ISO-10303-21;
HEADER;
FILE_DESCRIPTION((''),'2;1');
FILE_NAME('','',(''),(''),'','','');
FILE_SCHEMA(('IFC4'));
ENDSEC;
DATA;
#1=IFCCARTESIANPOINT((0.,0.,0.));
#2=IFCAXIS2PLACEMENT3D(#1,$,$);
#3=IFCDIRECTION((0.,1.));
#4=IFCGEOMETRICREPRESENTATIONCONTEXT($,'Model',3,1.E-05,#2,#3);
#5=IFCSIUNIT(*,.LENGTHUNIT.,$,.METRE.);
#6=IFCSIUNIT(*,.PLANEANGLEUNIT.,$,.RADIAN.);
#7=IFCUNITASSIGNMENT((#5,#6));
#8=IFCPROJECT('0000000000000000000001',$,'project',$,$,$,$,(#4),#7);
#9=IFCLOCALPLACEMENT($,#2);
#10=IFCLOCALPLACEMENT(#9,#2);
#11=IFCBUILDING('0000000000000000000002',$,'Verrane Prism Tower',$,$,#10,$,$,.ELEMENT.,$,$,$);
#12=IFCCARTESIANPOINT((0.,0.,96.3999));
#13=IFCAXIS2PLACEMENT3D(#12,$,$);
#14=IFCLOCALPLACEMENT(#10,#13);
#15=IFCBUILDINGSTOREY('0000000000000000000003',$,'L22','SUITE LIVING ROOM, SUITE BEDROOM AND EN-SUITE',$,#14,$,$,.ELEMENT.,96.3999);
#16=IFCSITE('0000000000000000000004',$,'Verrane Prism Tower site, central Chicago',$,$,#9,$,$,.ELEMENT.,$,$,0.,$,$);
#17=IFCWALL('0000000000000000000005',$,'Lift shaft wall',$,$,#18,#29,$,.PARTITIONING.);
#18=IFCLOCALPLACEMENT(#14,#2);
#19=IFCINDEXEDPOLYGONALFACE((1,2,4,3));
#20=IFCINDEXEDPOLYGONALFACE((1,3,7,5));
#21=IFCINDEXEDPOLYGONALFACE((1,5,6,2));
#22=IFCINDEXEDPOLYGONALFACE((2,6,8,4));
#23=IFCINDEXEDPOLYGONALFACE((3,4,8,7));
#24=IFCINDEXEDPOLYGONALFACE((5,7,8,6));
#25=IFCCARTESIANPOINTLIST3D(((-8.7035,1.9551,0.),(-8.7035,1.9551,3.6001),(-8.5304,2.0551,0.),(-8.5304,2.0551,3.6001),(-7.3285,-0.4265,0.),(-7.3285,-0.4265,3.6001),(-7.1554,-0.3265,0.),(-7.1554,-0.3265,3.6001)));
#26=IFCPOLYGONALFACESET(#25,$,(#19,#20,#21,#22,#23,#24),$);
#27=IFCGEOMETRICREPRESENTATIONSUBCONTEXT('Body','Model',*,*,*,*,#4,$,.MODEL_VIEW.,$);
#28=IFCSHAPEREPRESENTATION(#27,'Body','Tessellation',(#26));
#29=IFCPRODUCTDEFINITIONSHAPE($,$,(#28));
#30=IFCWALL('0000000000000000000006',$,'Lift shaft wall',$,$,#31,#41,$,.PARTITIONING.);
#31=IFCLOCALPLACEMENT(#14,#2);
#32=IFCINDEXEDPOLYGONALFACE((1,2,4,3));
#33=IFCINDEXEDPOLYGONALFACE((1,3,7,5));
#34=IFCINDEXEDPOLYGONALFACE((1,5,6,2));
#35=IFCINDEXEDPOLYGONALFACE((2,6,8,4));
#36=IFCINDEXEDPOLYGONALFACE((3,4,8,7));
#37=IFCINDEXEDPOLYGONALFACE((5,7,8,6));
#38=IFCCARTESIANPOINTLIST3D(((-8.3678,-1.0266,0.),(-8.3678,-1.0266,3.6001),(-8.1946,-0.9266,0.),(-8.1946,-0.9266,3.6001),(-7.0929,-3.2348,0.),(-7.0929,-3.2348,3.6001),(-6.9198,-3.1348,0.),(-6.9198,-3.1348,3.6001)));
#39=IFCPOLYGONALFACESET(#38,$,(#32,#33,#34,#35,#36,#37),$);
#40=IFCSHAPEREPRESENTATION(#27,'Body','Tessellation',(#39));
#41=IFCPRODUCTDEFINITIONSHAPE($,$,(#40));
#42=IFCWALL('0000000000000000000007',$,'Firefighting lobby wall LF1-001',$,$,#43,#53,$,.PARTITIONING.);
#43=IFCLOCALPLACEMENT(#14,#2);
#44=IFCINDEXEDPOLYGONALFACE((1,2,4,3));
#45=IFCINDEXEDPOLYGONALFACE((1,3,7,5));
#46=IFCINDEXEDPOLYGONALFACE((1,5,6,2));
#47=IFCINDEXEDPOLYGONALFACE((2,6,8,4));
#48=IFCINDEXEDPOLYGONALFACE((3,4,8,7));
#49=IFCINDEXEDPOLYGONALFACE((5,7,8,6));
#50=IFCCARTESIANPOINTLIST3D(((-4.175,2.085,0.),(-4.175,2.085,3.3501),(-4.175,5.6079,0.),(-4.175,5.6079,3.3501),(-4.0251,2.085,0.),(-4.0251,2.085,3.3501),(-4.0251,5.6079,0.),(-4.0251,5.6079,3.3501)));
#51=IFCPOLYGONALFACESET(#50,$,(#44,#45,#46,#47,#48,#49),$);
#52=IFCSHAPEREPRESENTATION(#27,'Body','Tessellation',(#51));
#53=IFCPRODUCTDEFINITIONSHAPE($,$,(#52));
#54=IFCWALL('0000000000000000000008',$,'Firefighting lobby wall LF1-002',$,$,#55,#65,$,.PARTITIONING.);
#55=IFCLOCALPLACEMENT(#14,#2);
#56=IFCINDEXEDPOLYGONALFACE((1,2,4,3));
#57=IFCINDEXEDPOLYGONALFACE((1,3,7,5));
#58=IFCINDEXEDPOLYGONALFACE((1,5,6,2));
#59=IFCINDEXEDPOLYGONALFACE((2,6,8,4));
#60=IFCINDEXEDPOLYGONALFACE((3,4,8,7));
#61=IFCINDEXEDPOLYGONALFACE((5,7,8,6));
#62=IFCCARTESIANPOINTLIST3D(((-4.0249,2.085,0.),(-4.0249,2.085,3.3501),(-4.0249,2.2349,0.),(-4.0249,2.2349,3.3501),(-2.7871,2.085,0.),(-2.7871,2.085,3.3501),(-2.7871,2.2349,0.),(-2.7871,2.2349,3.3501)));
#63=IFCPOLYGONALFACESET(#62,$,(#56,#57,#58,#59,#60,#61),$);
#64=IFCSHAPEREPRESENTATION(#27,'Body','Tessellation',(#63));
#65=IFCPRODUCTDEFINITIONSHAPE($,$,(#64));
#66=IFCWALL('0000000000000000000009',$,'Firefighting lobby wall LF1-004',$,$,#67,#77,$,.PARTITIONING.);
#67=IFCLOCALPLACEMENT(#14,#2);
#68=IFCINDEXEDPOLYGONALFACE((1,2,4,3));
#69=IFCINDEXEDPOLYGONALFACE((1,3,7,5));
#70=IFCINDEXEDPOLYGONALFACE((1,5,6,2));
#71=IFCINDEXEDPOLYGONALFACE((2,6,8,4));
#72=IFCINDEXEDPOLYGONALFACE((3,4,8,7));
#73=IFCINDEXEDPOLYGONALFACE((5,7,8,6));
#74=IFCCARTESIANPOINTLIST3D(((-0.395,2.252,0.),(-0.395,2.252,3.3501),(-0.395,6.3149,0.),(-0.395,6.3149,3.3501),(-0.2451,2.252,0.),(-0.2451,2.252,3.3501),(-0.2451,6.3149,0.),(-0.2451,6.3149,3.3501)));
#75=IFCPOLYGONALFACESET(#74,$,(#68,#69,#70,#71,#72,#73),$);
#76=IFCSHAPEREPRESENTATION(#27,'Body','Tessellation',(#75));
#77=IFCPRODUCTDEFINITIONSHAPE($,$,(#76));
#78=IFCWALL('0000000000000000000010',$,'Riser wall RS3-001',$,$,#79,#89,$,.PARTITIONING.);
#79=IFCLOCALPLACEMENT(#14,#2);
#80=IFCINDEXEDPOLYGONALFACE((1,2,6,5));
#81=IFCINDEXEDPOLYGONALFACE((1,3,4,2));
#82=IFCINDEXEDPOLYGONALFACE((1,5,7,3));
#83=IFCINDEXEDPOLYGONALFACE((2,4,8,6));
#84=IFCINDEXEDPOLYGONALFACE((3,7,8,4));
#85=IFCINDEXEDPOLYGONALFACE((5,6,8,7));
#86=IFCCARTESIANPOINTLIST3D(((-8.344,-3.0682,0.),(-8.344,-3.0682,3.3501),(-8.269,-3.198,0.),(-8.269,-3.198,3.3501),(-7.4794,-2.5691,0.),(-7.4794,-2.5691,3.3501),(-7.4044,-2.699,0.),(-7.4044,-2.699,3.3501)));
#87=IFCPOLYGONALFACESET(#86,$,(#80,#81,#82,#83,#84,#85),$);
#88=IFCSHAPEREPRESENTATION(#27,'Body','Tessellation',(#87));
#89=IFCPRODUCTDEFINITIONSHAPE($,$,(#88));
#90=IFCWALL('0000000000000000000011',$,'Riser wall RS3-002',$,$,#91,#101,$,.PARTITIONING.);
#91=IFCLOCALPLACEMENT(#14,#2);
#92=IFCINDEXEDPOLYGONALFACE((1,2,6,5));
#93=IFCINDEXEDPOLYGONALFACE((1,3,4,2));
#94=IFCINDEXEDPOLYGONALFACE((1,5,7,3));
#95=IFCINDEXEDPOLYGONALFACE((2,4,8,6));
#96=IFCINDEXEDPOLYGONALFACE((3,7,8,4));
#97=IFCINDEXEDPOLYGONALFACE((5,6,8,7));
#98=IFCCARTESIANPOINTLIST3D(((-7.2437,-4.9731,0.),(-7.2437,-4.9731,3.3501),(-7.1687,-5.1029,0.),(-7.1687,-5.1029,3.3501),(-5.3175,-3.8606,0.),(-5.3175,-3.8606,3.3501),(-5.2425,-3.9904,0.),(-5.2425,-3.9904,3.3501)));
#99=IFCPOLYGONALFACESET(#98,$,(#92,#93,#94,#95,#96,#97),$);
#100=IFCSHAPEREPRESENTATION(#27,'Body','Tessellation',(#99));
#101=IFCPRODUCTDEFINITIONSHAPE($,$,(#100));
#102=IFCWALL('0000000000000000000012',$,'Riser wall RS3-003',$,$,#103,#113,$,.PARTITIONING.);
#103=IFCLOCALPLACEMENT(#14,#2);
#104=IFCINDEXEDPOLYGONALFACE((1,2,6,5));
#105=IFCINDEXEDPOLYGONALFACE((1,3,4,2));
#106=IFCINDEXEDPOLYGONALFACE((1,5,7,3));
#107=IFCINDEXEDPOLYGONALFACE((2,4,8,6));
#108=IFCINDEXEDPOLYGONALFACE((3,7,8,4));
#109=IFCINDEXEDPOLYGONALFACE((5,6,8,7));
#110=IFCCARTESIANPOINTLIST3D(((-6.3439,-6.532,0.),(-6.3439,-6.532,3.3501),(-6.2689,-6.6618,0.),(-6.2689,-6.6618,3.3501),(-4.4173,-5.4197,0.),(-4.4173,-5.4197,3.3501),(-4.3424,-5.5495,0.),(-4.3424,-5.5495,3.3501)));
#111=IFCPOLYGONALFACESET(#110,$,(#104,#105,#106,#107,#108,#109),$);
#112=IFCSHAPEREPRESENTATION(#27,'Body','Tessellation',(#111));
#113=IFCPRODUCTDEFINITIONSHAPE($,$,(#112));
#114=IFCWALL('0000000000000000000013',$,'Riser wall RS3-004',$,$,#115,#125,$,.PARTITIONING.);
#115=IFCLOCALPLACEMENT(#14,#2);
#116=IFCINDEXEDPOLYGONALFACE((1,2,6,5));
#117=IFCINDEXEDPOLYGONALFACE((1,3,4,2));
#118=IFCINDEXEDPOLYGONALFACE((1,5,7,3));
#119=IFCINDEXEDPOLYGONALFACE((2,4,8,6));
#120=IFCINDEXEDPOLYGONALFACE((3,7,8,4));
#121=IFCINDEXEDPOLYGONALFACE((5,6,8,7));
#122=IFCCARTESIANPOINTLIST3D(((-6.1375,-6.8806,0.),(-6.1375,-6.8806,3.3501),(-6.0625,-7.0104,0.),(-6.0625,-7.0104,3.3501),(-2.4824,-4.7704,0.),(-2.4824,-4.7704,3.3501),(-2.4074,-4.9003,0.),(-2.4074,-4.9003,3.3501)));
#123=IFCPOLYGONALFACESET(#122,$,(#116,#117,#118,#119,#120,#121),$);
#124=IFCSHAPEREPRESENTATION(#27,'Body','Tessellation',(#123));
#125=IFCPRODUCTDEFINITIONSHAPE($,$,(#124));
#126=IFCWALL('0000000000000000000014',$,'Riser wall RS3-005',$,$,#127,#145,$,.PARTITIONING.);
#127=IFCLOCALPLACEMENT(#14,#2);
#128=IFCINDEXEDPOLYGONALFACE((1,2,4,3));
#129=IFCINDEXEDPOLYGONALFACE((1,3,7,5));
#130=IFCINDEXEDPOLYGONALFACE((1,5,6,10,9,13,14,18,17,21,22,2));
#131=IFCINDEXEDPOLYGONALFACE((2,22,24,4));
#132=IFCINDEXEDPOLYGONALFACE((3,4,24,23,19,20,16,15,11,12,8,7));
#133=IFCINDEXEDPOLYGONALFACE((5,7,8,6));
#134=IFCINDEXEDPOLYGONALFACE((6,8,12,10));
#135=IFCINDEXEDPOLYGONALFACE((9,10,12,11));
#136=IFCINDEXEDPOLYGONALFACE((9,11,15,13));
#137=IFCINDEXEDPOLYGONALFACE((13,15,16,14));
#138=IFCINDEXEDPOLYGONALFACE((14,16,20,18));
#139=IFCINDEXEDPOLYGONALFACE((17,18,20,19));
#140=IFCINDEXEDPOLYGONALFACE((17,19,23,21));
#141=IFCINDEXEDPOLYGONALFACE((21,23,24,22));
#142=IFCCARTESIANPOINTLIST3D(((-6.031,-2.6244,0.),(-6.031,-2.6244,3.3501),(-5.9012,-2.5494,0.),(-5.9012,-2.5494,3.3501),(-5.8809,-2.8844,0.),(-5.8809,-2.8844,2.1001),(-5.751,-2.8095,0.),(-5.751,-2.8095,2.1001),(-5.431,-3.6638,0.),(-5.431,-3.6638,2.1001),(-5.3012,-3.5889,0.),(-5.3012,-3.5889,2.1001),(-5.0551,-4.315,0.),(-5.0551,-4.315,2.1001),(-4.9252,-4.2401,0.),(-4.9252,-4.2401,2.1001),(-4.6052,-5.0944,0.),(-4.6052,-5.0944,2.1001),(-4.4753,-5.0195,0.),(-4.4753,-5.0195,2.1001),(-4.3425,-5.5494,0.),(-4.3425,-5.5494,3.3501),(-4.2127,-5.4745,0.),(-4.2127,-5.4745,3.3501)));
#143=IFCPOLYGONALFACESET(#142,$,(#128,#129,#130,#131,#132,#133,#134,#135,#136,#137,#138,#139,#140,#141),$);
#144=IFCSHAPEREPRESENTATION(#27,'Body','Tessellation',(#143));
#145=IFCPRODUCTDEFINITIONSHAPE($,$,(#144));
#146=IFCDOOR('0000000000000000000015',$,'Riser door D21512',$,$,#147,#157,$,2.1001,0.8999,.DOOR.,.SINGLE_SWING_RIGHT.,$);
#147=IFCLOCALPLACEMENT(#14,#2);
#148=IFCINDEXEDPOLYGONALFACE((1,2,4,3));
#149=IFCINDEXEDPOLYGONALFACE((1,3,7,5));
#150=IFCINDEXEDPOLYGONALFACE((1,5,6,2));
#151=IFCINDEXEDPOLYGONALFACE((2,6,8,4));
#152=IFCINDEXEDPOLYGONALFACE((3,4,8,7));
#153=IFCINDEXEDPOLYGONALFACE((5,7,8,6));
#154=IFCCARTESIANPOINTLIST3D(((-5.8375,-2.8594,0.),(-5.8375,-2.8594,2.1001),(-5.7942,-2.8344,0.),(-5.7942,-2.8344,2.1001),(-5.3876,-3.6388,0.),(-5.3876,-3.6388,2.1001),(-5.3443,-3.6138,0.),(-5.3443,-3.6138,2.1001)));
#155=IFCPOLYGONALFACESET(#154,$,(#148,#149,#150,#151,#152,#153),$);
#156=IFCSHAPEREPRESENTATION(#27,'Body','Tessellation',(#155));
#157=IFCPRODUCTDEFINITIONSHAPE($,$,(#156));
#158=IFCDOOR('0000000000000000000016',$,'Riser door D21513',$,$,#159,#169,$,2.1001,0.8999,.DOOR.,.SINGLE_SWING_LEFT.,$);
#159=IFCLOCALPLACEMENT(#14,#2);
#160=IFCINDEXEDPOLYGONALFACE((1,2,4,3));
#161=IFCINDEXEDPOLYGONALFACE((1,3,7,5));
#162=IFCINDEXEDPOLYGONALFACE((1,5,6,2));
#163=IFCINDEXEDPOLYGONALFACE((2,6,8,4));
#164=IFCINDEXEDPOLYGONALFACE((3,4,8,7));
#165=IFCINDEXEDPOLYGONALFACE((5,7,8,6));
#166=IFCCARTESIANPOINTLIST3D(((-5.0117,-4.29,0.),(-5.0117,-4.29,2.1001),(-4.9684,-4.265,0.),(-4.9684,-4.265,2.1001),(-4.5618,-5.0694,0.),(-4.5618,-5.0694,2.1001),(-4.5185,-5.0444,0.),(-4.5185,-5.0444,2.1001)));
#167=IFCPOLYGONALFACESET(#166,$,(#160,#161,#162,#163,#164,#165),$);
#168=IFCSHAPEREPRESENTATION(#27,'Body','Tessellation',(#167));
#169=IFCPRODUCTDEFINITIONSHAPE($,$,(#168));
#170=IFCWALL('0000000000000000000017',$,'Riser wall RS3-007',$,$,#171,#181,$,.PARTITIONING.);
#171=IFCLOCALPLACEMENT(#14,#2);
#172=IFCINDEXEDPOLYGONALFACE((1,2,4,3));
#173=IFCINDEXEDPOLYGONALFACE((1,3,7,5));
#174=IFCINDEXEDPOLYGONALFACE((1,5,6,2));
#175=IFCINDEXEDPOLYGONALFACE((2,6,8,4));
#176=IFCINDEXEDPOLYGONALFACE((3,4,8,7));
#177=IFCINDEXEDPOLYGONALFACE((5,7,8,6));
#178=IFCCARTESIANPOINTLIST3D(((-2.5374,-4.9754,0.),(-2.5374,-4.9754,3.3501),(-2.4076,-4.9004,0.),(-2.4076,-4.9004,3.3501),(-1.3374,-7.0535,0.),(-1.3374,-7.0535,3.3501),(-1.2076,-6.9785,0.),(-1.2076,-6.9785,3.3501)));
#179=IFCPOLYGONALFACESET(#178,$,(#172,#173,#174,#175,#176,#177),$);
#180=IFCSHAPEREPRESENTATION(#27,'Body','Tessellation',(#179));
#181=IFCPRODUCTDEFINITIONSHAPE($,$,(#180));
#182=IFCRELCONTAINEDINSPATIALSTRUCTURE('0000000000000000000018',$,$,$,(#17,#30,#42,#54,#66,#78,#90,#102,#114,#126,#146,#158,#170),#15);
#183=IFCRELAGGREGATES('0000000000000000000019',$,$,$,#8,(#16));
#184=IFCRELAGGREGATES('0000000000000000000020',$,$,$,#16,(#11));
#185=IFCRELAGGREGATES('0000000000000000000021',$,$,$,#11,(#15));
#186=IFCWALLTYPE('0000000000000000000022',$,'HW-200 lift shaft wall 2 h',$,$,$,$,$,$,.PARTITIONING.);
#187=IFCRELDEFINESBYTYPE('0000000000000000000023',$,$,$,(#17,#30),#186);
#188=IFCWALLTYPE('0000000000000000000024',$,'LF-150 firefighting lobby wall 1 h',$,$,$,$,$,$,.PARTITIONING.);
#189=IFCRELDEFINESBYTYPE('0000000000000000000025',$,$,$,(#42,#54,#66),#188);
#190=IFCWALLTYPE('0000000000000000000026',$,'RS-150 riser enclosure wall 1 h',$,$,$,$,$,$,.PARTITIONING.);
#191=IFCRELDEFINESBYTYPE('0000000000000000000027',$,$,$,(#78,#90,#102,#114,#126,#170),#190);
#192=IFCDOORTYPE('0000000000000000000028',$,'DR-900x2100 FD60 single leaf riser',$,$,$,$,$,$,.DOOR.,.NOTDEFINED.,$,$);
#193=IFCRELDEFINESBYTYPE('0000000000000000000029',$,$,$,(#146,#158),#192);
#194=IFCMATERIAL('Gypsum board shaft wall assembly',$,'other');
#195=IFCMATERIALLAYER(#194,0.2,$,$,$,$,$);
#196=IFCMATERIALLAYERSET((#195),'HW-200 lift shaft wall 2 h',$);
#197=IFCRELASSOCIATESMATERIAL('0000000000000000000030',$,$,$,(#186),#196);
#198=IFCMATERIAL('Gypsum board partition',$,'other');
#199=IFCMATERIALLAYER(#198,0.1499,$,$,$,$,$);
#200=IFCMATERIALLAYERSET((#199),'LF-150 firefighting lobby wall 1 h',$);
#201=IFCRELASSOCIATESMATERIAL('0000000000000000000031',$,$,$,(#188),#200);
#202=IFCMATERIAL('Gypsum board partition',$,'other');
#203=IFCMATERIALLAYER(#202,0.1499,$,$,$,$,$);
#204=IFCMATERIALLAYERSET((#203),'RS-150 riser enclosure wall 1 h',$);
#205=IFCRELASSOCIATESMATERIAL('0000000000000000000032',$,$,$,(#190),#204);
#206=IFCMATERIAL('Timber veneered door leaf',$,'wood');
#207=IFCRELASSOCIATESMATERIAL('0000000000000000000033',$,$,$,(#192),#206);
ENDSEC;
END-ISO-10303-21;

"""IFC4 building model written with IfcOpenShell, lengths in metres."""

from ifc_helpers import new_model, si_unit, direction, frame, frame_2d, origin, place, context, subcontext, project, spatial, rectangle, extrude, material, layer, layer_set, type_object, element, fill, save


model = new_model("IFC4")

# Units and contexts
model_context = context("Model", 3, precision=1e-05, world=origin(), true_north=direction((0.0, 1.0)))
body_context = subcontext(model_context, "Body", "Model", "MODEL_VIEW")
ifc_project = project(units=[si_unit("LENGTHUNIT", "METRE"), si_unit("PLANEANGLEUNIT", "RADIAN")], contexts=[model_context])

# Site, building, storey
site_placement = place(None, origin())
site = spatial("IfcSite", under=ifc_project, at=site_placement, Name="Verrane Prism Tower site, central Chicago", CompositionType="ELEMENT", RefElevation=0.0)
building_placement = place(site_placement, origin())
building = spatial("IfcBuilding", under=site, at=building_placement, Name="Verrane Prism Tower", CompositionType="ELEMENT")
storey_placement = place(building_placement, frame((0.0, 0.0, 96.3999)))
storey = spatial("IfcBuildingStorey", under=building, at=storey_placement, Name="L22", Description="SUITE LIVING ROOM, SUITE BEDROOM AND EN-SUITE", CompositionType="ELEMENT", Elevation=96.3999)

# Shared definitions
ifc_material_1 = material(Name="Gypsum board shaft wall assembly", Category="other")
ifc_layer_1 = layer(ifc_material_1, 0.2)
ifc_layer_set_1 = layer_set([ifc_layer_1], Name="HW-200 lift shaft wall 2 h")
wall_type_1 = type_object("IfcWallType", Name="HW-200 lift shaft wall 2 h", PredefinedType="PARTITIONING", material=ifc_layer_set_1)

# Walls
wall_1_placement = place(storey_placement, frame((-7.2419, -0.3765, 0.0), z_axis=(0.0, 0.0, 1.0), x_axis=(-0.499997, 0.866027, 0.0)))
element("IfcWall", 1, at=wall_1_placement, inside=storey, type_object=wall_type_1, Name="Lift shaft wall", PredefinedType="PARTITIONING", context=body_context, shape_type="SweptSolid", body=[
    extrude(rectangle(XDim=2.75, YDim=0.2, at=frame_2d((1.375, 0.0))), origin(), (0.0, 0.0, 1.0), 3.6001),
])
wall_2_placement = place(storey_placement, frame((-7.0063, -3.1848, 0.0), z_axis=(0.0, 0.0, 1.0), x_axis=(-0.49999, 0.866031, 0.0)))
element("IfcWall", 2, at=wall_2_placement, inside=storey, type_object=wall_type_1, Name="Lift shaft wall", PredefinedType="PARTITIONING", context=body_context, shape_type="SweptSolid", body=[
    extrude(rectangle(XDim=2.5498, YDim=0.2, at=frame_2d((1.2749, 0.0))), origin(), (0.0, 0.0, 1.0), 3.6001),
])
ifc_material_2 = material(Name="Gypsum board partition", Category="other")
ifc_layer_2 = layer(ifc_material_2, 0.1499)
ifc_layer_set_2 = layer_set([ifc_layer_2], Name="LF-150 firefighting lobby wall 1 h")
wall_type_2 = type_object("IfcWallType", Name="LF-150 firefighting lobby wall 1 h", PredefinedType="PARTITIONING", material=ifc_layer_set_2)
wall_3_placement = place(storey_placement, frame((-4.1001, 2.085, 0.0), z_axis=(0.0, 0.0, 1.0), x_axis=(0.0, 1.0, 0.0)))
element("IfcWall", 3, at=wall_3_placement, inside=storey, type_object=wall_type_2, Name="Firefighting lobby wall LF1-001", PredefinedType="PARTITIONING", context=body_context, shape_type="SweptSolid", body=[
    extrude(rectangle(XDim=3.5229, YDim=0.1499, at=frame_2d((1.7615, 0.0))), origin(), (0.0, 0.0, 1.0), 3.3501),
])
wall_4_placement = place(storey_placement, frame((-4.0249, 2.1599, 0.0), z_axis=(0.0, 0.0, 1.0), x_axis=(1.0, 0.0, 0.0)))
element("IfcWall", 4, at=wall_4_placement, inside=storey, type_object=wall_type_2, Name="Firefighting lobby wall LF1-002", PredefinedType="PARTITIONING", context=body_context, shape_type="SweptSolid", body=[
    extrude(rectangle(XDim=1.2378, YDim=0.1499, at=frame_2d((0.6189, 0.0))), origin(), (0.0, 0.0, 1.0), 3.3501),
])
wall_5_placement = place(storey_placement, frame((-0.3201, 2.252, 0.0), z_axis=(0.0, 0.0, 1.0), x_axis=(0.0, 1.0, 0.0)))
element("IfcWall", 5, at=wall_5_placement, inside=storey, type_object=wall_type_2, Name="Firefighting lobby wall LF1-004", PredefinedType="PARTITIONING", context=body_context, shape_type="SweptSolid", body=[
    extrude(rectangle(XDim=4.063, YDim=0.1499, at=frame_2d((2.0315, 0.0))), origin(), (0.0, 0.0, 1.0), 3.3501),
])
ifc_material_3 = material(Name="Gypsum board partition", Category="other")
ifc_layer_3 = layer(ifc_material_3, 0.1499)
ifc_layer_set_3 = layer_set([ifc_layer_3], Name="RS-150 riser enclosure wall 1 h")
wall_type_3 = type_object("IfcWallType", Name="RS-150 riser enclosure wall 1 h", PredefinedType="PARTITIONING", material=ifc_layer_set_3)
wall_6_placement = place(storey_placement, frame((-8.3064, -3.1331, 0.0), z_axis=(0.0, 0.0, 1.0), x_axis=(0.866067, 0.499927, 0.0)))
element("IfcWall", 6, at=wall_6_placement, inside=storey, type_object=wall_type_3, Name="Riser wall RS3-001", PredefinedType="PARTITIONING", context=body_context, shape_type="SweptSolid", body=[
    extrude(rectangle(XDim=0.9983, YDim=0.1499, at=frame_2d((0.499, 0.0))), origin(), (0.0, 0.0, 1.0), 3.3501),
])
wall_7_placement = place(storey_placement, frame((-7.2063, -5.0381, 0.0), z_axis=(0.0, 0.0, 1.0), x_axis=(0.865944, 0.50014, 0.0)))
element("IfcWall", 7, at=wall_7_placement, inside=storey, type_object=wall_type_3, Name="Riser wall RS3-002", PredefinedType="PARTITIONING", context=body_context, shape_type="SweptSolid", body=[
    extrude(rectangle(XDim=2.2244, YDim=0.1499, at=frame_2d((1.1123, 0.0))), origin(), (0.0, 0.0, 1.0), 3.3501),
])
wall_8_placement = place(storey_placement, frame((-6.3064, -6.5969, 0.0), z_axis=(0.0, 0.0, 1.0), x_axis=(0.866019, 0.500011, 0.0)))
element("IfcWall", 8, at=wall_8_placement, inside=storey, type_object=wall_type_3, Name="Riser wall RS3-003", PredefinedType="PARTITIONING", context=body_context, shape_type="SweptSolid", body=[
    extrude(rectangle(XDim=2.2246, YDim=0.1499, at=frame_2d((1.1123, 0.0))), origin(), (0.0, 0.0, 1.0), 3.3501),
])
wall_9_placement = place(storey_placement, frame((-6.1001, -6.9456, 0.0), z_axis=(0.0, 0.0, 1.0), x_axis=(0.866038, 0.499978, 0.0)))
element("IfcWall", 9, at=wall_9_placement, inside=storey, type_object=wall_type_3, Name="Riser wall RS3-004", PredefinedType="PARTITIONING", context=body_context, shape_type="SweptSolid", body=[
    extrude(rectangle(XDim=4.2205, YDim=0.1499, at=frame_2d((2.1104, 0.0))), origin(), (0.0, 0.0, 1.0), 3.3501),
])

# Wall, openings, doors
wall_10_placement = place(storey_placement, frame((-4.2776, -5.512, 0.0), z_axis=(0.0, 0.0, 1.0), x_axis=(-0.499933, 0.866064, 0.0)))
wall_10 = element("IfcWall", 10, at=wall_10_placement, inside=storey, type_object=wall_type_3, Name="Riser wall RS3-005", PredefinedType="PARTITIONING", context=body_context, shape_type="SweptSolid", body=[
    extrude(rectangle(XDim=3.3774, YDim=0.1499, at=frame_2d((1.6887, 0.0))), origin(), (0.0, 0.0, 1.0), 3.3501),
])
opening_1_placement = place(wall_10_placement, frame((2.1772, 0.0, 0.0)))
opening_1 = element("IfcOpeningElement", 11, at=opening_1_placement, cuts=wall_10, PredefinedType="OPENING", context=body_context, shape_type="SweptSolid", body=[
    extrude(rectangle(XDim=0.8999, YDim=2.1001, at=frame_2d((0.45, 1.05))), frame((0.0, 0.085, 0.0), z_axis=(0.0, -1.0, 0.0), x_axis=(1.0, 0.0, 0.0)), (0.0, 0.0, 1.0), 0.1699),
])
opening_2_placement = place(wall_10_placement, frame((0.5254, 0.0, 0.0)))
opening_2 = element("IfcOpeningElement", 12, at=opening_2_placement, cuts=wall_10, PredefinedType="OPENING", context=body_context, shape_type="SweptSolid", body=[
    extrude(rectangle(XDim=0.8999, YDim=2.1001, at=frame_2d((0.45, 1.05))), frame((0.0, 0.085, 0.0), z_axis=(0.0, -1.0, 0.0), x_axis=(1.0, 0.0, 0.0)), (0.0, 0.0, 1.0), 0.1699),
])
ifc_material_4 = material(Name="Timber veneered door leaf", Category="wood")
door_type_1 = type_object("IfcDoorType", Name="DR-900x2100 FD60 single leaf riser", OperationType="NOTDEFINED", PredefinedType="DOOR", material=ifc_material_4)
door_1_placement = place(opening_1_placement, origin())
door_1 = element("IfcDoor", 13, at=door_1_placement, inside=storey, type_object=door_type_1, Name="Riser door D21512", OperationType="SINGLE_SWING_RIGHT", OverallHeight=2.1001, OverallWidth=0.8999, PredefinedType="DOOR", context=body_context, shape_type="SweptSolid", body=[
    extrude(rectangle(XDim=0.8999, YDim=2.1001, at=frame_2d((0.45, 1.05))), frame((0.0, 0.0249, 0.0), z_axis=(0.0, -1.0, 0.0), x_axis=(1.0, 0.0, 0.0)), (0.0, 0.0, 1.0), 0.05),
])
fill(opening_1, door_1)
door_2_placement = place(opening_2_placement, origin())
door_2 = element("IfcDoor", 14, at=door_2_placement, inside=storey, type_object=door_type_1, Name="Riser door D21513", OperationType="SINGLE_SWING_LEFT", OverallHeight=2.1001, OverallWidth=0.8999, PredefinedType="DOOR", context=body_context, shape_type="SweptSolid", body=[
    extrude(rectangle(XDim=0.8999, YDim=2.1001, at=frame_2d((0.45, 1.05))), frame((0.0, 0.0249, 0.0), z_axis=(0.0, -1.0, 0.0), x_axis=(1.0, 0.0, 0.0)), (0.0, 0.0, 1.0), 0.05),
])
fill(opening_2, door_2)

# Wall
wall_11_placement = place(storey_placement, frame((-2.4724, -4.938, 0.0), z_axis=(0.0, 0.0, 1.0), x_axis=(0.500045, -0.865999, 0.0)))
element("IfcWall", 15, at=wall_11_placement, inside=storey, type_object=wall_type_3, Name="Riser wall RS3-007", PredefinedType="PARTITIONING", context=body_context, shape_type="SweptSolid", body=[
    extrude(rectangle(XDim=2.3997, YDim=0.1499, at=frame_2d((1.1997, 0.0))), origin(), (0.0, 0.0, 1.0), 3.3501),
])

save(model, "model.ifc")
